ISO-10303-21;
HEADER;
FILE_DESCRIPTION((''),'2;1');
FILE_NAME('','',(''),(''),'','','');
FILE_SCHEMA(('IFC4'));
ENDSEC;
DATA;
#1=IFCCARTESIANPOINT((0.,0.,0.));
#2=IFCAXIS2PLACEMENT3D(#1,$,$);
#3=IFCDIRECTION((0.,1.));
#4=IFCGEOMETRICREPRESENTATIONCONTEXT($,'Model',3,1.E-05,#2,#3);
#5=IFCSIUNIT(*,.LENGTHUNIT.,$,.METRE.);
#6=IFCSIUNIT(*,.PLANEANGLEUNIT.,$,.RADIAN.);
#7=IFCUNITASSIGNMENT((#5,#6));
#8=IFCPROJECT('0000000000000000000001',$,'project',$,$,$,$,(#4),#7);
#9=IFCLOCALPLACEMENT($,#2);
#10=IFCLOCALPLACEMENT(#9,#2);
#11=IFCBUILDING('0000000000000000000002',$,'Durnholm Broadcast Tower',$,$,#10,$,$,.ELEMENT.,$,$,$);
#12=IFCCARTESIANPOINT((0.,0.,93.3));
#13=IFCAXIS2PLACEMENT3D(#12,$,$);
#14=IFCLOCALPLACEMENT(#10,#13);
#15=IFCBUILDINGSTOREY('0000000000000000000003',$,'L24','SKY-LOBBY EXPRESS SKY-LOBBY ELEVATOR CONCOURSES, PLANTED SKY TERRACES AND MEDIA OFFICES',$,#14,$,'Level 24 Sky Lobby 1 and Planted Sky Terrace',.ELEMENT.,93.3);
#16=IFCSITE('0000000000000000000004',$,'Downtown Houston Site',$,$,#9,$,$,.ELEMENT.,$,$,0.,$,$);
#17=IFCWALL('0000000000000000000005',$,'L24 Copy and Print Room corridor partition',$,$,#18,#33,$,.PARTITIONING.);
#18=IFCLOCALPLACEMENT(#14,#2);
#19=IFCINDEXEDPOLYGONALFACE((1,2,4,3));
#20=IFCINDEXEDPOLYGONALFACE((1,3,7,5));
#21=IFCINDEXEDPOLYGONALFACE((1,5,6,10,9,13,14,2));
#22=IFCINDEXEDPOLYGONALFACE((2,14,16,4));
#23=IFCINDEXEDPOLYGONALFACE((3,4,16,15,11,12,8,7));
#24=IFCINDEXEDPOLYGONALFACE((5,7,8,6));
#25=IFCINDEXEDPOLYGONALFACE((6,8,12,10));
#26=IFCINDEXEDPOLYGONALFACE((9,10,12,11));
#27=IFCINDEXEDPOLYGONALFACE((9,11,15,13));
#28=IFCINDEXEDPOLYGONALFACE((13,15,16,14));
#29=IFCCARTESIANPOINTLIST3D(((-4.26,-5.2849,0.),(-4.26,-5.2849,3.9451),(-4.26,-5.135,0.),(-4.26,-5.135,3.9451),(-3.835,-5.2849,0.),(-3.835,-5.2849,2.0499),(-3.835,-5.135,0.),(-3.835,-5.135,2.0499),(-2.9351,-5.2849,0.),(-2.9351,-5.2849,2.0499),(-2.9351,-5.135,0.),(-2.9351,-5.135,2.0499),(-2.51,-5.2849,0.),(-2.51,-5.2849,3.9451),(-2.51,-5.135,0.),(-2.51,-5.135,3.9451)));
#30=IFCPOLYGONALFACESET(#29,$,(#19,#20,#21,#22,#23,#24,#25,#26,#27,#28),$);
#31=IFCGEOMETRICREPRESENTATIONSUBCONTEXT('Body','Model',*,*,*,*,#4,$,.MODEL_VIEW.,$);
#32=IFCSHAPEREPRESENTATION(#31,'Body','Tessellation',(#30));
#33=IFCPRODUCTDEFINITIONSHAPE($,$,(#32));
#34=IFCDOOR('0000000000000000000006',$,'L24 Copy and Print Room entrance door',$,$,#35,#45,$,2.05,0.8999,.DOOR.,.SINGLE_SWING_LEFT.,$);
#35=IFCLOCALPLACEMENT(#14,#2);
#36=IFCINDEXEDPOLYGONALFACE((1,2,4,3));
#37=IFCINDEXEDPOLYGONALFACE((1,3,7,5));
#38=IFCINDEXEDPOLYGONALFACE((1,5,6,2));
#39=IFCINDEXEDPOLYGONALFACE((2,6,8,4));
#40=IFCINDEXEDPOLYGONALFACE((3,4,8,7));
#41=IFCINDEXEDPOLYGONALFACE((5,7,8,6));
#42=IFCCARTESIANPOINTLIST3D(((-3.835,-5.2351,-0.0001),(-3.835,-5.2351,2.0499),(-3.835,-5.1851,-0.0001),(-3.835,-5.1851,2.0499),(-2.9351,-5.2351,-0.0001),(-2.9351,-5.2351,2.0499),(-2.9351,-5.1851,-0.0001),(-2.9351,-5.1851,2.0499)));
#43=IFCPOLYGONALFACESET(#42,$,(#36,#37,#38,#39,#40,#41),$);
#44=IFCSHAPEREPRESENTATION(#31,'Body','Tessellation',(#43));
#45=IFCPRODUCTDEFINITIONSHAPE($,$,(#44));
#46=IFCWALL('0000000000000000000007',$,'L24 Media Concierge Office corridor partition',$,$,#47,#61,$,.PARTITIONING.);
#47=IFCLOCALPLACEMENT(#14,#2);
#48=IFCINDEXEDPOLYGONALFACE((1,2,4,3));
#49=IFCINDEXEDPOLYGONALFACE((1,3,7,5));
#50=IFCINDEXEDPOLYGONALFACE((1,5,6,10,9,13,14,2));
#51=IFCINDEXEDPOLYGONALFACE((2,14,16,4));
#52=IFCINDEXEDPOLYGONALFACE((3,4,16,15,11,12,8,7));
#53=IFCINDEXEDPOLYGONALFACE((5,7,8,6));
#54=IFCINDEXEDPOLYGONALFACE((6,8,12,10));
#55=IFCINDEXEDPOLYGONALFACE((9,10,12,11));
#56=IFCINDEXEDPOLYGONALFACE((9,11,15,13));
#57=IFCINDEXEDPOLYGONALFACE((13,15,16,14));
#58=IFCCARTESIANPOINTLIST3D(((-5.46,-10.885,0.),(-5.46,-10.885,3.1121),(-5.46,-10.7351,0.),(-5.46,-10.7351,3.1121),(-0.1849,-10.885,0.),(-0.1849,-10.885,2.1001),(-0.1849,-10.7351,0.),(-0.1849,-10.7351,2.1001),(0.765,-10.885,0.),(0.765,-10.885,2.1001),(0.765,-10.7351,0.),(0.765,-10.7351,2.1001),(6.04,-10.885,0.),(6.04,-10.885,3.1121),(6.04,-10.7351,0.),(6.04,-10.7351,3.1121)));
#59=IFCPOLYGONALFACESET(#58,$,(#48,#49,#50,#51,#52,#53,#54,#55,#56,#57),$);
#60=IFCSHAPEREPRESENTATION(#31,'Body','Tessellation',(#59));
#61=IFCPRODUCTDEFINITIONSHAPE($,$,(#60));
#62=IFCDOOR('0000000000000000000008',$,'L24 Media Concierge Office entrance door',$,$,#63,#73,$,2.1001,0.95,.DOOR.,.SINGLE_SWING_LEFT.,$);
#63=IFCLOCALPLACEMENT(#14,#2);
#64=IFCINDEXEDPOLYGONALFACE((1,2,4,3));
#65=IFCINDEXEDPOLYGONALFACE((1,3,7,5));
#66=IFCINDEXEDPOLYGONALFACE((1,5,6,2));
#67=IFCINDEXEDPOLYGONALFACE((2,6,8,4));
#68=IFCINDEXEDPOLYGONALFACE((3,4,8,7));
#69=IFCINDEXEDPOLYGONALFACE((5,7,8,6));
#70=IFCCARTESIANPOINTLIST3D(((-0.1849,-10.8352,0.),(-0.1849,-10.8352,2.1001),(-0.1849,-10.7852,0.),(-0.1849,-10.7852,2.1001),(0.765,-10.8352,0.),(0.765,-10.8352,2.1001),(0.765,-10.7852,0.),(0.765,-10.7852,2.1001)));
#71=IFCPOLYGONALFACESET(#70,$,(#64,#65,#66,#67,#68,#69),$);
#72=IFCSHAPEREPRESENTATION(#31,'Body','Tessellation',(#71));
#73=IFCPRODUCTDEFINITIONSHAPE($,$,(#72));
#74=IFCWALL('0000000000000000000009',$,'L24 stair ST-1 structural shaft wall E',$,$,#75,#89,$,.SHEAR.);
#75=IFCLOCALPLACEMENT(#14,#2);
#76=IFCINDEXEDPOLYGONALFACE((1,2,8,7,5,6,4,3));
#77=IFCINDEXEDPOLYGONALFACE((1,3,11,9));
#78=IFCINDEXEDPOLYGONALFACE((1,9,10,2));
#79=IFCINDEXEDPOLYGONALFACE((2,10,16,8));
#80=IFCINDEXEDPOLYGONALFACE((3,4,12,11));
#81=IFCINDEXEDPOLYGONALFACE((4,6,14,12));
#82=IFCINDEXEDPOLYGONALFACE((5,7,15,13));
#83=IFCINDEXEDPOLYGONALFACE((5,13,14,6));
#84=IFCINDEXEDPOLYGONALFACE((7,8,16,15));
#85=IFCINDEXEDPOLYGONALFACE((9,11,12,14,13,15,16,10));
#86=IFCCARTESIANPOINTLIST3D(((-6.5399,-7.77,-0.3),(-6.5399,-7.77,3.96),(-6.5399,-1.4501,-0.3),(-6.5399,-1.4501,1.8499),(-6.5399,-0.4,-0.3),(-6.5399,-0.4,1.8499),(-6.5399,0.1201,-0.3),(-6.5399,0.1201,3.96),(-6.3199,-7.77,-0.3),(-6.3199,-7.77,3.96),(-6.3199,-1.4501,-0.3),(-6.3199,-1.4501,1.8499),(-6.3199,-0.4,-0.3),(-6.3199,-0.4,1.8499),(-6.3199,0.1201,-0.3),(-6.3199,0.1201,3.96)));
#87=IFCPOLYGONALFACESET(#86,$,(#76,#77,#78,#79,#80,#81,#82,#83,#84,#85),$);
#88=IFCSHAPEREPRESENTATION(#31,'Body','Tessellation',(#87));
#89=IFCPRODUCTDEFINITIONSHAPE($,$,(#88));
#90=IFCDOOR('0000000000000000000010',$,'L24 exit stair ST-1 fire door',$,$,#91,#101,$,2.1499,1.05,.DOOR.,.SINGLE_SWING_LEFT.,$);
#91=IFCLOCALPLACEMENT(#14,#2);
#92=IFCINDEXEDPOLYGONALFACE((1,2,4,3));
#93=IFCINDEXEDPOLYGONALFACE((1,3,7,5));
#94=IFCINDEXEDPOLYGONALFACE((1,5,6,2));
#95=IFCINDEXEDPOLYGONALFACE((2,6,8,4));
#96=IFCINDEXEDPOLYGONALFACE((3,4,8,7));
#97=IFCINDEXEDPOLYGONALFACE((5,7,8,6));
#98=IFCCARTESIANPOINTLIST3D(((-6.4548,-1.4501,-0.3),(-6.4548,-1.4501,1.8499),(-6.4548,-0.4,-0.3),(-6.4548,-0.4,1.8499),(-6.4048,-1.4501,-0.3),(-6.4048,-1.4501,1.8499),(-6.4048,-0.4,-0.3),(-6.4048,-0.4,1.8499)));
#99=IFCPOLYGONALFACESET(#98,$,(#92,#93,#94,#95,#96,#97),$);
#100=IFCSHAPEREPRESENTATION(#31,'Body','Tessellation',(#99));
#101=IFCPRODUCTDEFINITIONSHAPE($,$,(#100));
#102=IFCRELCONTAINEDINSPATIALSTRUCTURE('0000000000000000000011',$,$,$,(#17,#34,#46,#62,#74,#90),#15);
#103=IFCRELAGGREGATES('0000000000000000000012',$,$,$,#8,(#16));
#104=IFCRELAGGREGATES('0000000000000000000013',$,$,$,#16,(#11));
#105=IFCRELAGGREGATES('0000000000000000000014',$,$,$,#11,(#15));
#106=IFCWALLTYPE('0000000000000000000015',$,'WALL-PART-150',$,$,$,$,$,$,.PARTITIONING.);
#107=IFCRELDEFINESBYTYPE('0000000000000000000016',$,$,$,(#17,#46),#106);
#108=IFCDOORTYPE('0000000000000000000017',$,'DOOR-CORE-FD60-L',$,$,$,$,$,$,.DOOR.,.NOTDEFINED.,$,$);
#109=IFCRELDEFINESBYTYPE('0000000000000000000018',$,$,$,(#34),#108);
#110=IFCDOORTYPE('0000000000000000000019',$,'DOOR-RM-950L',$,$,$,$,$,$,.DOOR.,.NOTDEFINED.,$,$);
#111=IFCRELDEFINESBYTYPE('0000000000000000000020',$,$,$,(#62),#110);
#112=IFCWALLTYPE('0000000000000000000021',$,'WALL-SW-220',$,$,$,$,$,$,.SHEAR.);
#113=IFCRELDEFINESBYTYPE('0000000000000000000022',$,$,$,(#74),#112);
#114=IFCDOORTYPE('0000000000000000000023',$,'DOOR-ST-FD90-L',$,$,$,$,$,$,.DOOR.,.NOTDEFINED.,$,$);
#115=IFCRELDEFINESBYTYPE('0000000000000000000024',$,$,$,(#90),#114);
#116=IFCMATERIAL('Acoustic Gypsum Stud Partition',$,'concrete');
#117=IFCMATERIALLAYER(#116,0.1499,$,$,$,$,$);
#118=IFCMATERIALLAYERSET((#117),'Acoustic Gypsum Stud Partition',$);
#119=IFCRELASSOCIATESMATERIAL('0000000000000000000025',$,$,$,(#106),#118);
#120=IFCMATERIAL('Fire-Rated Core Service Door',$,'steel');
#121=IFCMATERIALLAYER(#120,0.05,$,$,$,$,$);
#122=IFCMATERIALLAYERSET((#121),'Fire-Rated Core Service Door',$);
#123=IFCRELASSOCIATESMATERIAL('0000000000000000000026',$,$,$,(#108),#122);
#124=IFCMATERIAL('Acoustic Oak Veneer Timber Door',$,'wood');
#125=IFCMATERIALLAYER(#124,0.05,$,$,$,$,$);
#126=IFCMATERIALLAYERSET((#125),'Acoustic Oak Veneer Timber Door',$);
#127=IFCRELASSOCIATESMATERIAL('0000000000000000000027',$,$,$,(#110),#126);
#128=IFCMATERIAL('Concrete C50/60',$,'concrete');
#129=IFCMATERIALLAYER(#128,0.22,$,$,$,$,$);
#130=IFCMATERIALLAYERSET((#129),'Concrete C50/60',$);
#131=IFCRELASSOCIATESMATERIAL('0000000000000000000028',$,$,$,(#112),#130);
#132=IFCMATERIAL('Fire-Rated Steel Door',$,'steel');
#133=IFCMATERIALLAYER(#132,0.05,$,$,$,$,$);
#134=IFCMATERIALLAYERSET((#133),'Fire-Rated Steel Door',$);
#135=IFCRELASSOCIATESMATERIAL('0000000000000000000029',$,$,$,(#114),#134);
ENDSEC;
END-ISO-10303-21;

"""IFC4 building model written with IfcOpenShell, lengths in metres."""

from ifc_helpers import new_model, si_unit, direction, frame, frame_2d, origin, place, context, subcontext, project, spatial, rectangle, extrude, source, transform, mapped, material, layer, layer_set, type_object, type_shapes, element, fill, save


model = new_model("IFC4")

# Units and contexts
model_context = context("Model", 3, precision=1e-05, world=origin(), true_north=direction((0.0, 1.0)))
body_context = subcontext(model_context, "Body", "Model", "MODEL_VIEW")
ifc_project = project(units=[si_unit("LENGTHUNIT", "METRE"), si_unit("PLANEANGLEUNIT", "RADIAN")], contexts=[model_context])

# Site, building, storey
site_placement = place(None, origin())
site = spatial("IfcSite", under=ifc_project, at=site_placement, Name="Downtown Houston Site", CompositionType="ELEMENT", RefElevation=0.0)
building_placement = place(site_placement, origin())
building = spatial("IfcBuilding", under=site, at=building_placement, Name="Durnholm Broadcast Tower", CompositionType="ELEMENT")
storey_placement = place(building_placement, frame((0.0, 0.0, 93.3)))
storey = spatial("IfcBuildingStorey", under=building, at=storey_placement, Name="L24", Description="SKY-LOBBY EXPRESS SKY-LOBBY ELEVATOR CONCOURSES, PLANTED SKY TERRACES AND MEDIA OFFICES", LongName="Level 24 Sky Lobby 1 and Planted Sky Terrace", CompositionType="ELEMENT", Elevation=93.3)

# Shared definitions
ifc_material_1 = material(Name="Fire-Rated Core Service Door", Category="steel")

# Walls, openings, doors
ifc_material_2 = material(Name="Acoustic Gypsum Stud Partition", Category="concrete")
ifc_layer_1 = layer(ifc_material_2, 0.1499)
ifc_layer_set_1 = layer_set([ifc_layer_1], Name="Acoustic Gypsum Stud Partition")
wall_type_1 = type_object("IfcWallType", Name="WALL-PART-150", PredefinedType="PARTITIONING", material=ifc_layer_set_1)
wall_1_placement = place(storey_placement, frame((-4.26, -5.21, 0.0), z_axis=(0.0, 0.0, 1.0), x_axis=(1.0, 0.0, 0.0)))
wall_1 = element("IfcWall", 1, at=wall_1_placement, inside=storey, type_object=wall_type_1, Name="L24 Copy and Print Room corridor partition", PredefinedType="PARTITIONING", context=body_context, shape_type="SweptSolid", body=[
    extrude(rectangle(XDim=1.75, YDim=0.1499, at=frame_2d((0.875, 0.0))), origin(), (0.0, 0.0, 1.0), 3.9451),
])
opening_1_placement = place(wall_1_placement, frame((0.425, 0.0, 0.0)))
opening_1 = element("IfcOpeningElement", 2, at=opening_1_placement, cuts=wall_1, PredefinedType="OPENING", context=body_context, shape_type="SweptSolid", body=[
    extrude(rectangle(XDim=0.8999, YDim=2.05, at=frame_2d((0.45, 1.0249))), frame((0.0, 0.085, 0.0), z_axis=(0.0, -1.0, 0.0), x_axis=(1.0, 0.0, 0.0)), (0.0, 0.0, 1.0), 0.1699),
])
ifc_layer_2 = layer(ifc_material_1, 0.05)
ifc_layer_set_2 = layer_set([ifc_layer_2], Name="Fire-Rated Core Service Door")
door_type_1 = type_object("IfcDoorType", Name="DOOR-CORE-FD60-L", OperationType="NOTDEFINED", PredefinedType="DOOR", material=ifc_layer_set_2)
shared_shape_1 = source(origin(), body_context, "Body", "SweptSolid", [
    extrude(rectangle(XDim=0.8999, YDim=2.05, at=frame_2d((0.45, 1.0249))), frame((0.0, 0.0249, 0.0), z_axis=(0.0, -1.0, 0.0), x_axis=(1.0, 0.0, 0.0)), (0.0, 0.0, 1.0), 0.05),
])
type_shapes(door_type_1, [shared_shape_1])
door_1_placement = place(opening_1_placement, origin())
door_1 = element("IfcDoor", 3, at=door_1_placement, inside=storey, type_object=door_type_1, Name="L24 Copy and Print Room entrance door", OperationType="SINGLE_SWING_LEFT", OverallHeight=2.05, OverallWidth=0.8999, PredefinedType="DOOR", context=body_context, shape_type="MappedRepresentation", body=[
    mapped(shared_shape_1, transform((0.0, 0.0, 0.0), x_axis=(1.0, 0.0, 0.0), y_axis=(0.0, 1.0, 0.0), z_axis=(0.0, 0.0, 1.0), scale=1.0)),
])
fill(opening_1, door_1)
wall_2_placement = place(storey_placement, frame((-5.46, -10.8101, 0.0), z_axis=(0.0, 0.0, 1.0), x_axis=(1.0, 0.0, 0.0)))
wall_2 = element("IfcWall", 4, at=wall_2_placement, inside=storey, type_object=wall_type_1, Name="L24 Media Concierge Office corridor partition", PredefinedType="PARTITIONING", context=body_context, shape_type="SweptSolid", body=[
    extrude(rectangle(XDim=11.5, YDim=0.1499, at=frame_2d((5.75, 0.0))), origin(), (0.0, 0.0, 1.0), 3.1121),
])
opening_2_placement = place(wall_2_placement, frame((5.2749, 0.0, 0.0)))
opening_2 = element("IfcOpeningElement", 5, at=opening_2_placement, cuts=wall_2, PredefinedType="OPENING", context=body_context, shape_type="SweptSolid", body=[
    extrude(rectangle(XDim=0.95, YDim=2.1001, at=frame_2d((0.4751, 1.05))), frame((0.0, 0.085, 0.0), z_axis=(0.0, -1.0, 0.0), x_axis=(1.0, 0.0, 0.0)), (0.0, 0.0, 1.0), 0.1699),
])
ifc_material_3 = material(Name="Acoustic Oak Veneer Timber Door", Category="wood")
ifc_layer_3 = layer(ifc_material_3, 0.05)
ifc_layer_set_3 = layer_set([ifc_layer_3], Name="Acoustic Oak Veneer Timber Door")
door_type_2 = type_object("IfcDoorType", Name="DOOR-RM-950L", OperationType="NOTDEFINED", PredefinedType="DOOR", material=ifc_layer_set_3)
shared_shape_2 = source(origin(), body_context, "Body", "SweptSolid", [
    extrude(rectangle(XDim=0.95, YDim=2.1001, at=frame_2d((0.4751, 1.05))), frame((0.0, 0.0249, 0.0), z_axis=(0.0, -1.0, 0.0), x_axis=(1.0, 0.0, 0.0)), (0.0, 0.0, 1.0), 0.05),
])
type_shapes(door_type_2, [shared_shape_2])
door_2_placement = place(opening_2_placement, origin())
door_2 = element("IfcDoor", 6, at=door_2_placement, inside=storey, type_object=door_type_2, Name="L24 Media Concierge Office entrance door", OperationType="SINGLE_SWING_LEFT", OverallHeight=2.1001, OverallWidth=0.95, PredefinedType="DOOR", context=body_context, shape_type="MappedRepresentation", body=[
    mapped(shared_shape_2, transform((0.0, 0.0, 0.0), x_axis=(1.0, 0.0, 0.0), y_axis=(0.0, 1.0, 0.0), z_axis=(0.0, 0.0, 1.0), scale=1.0)),
])
fill(opening_2, door_2)
ifc_material_4 = material(Name="Concrete C50/60", Category="concrete")
ifc_layer_4 = layer(ifc_material_4, 0.22)
ifc_layer_set_4 = layer_set([ifc_layer_4], Name="Concrete C50/60")
wall_type_2 = type_object("IfcWallType", Name="WALL-SW-220", PredefinedType="SHEAR", material=ifc_layer_set_4)
wall_3_placement = place(storey_placement, frame((-6.4299, -7.77, -0.3), z_axis=(0.0, 0.0, 1.0), x_axis=(0.0, 1.0, 0.0)))
wall_3 = element("IfcWall", 7, at=wall_3_placement, inside=storey, type_object=wall_type_2, Name="L24 stair ST-1 structural shaft wall E", PredefinedType="SHEAR", context=body_context, shape_type="SweptSolid", body=[
    extrude(rectangle(XDim=7.8901, YDim=0.22, at=frame_2d((3.9451, 0.0))), origin(), (0.0, 0.0, 1.0), 4.26),
])
opening_3_placement = place(wall_3_placement, frame((6.3201, 0.0, 0.0)))
opening_3 = element("IfcOpeningElement", 8, at=opening_3_placement, cuts=wall_3, PredefinedType="OPENING", context=body_context, shape_type="SweptSolid", body=[
    extrude(rectangle(XDim=1.05, YDim=2.1499, at=frame_2d((0.5249, 1.075))), frame((0.0, 0.1201, 0.0), z_axis=(0.0, -1.0, 0.0), x_axis=(1.0, 0.0, 0.0)), (0.0, 0.0, 1.0), 0.24),
])
ifc_material_5 = material(Name="Fire-Rated Steel Door", Category="steel")
ifc_layer_5 = layer(ifc_material_5, 0.05)
ifc_layer_set_5 = layer_set([ifc_layer_5], Name="Fire-Rated Steel Door")
door_type_3 = type_object("IfcDoorType", Name="DOOR-ST-FD90-L", OperationType="NOTDEFINED", PredefinedType="DOOR", material=ifc_layer_set_5)
shared_shape_3 = source(origin(), body_context, "Body", "SweptSolid", [
    extrude(rectangle(XDim=1.05, YDim=2.1499, at=frame_2d((0.5249, 1.075))), frame((0.0, 0.0249, 0.0), z_axis=(0.0, -1.0, 0.0), x_axis=(1.0, 0.0, 0.0)), (0.0, 0.0, 1.0), 0.05),
])
type_shapes(door_type_3, [shared_shape_3])
door_3_placement = place(opening_3_placement, origin())
door_3 = element("IfcDoor", 9, at=door_3_placement, inside=storey, type_object=door_type_3, Name="L24 exit stair ST-1 fire door", OperationType="SINGLE_SWING_LEFT", OverallHeight=2.1499, OverallWidth=1.05, PredefinedType="DOOR", context=body_context, shape_type="MappedRepresentation", body=[
    mapped(shared_shape_3, transform((0.0, 0.0, 0.0), x_axis=(1.0, 0.0, 0.0), y_axis=(0.0, 1.0, 0.0), z_axis=(0.0, 0.0, 1.0), scale=1.0)),
])
fill(opening_3, door_3)

save(model, "model.ifc")
